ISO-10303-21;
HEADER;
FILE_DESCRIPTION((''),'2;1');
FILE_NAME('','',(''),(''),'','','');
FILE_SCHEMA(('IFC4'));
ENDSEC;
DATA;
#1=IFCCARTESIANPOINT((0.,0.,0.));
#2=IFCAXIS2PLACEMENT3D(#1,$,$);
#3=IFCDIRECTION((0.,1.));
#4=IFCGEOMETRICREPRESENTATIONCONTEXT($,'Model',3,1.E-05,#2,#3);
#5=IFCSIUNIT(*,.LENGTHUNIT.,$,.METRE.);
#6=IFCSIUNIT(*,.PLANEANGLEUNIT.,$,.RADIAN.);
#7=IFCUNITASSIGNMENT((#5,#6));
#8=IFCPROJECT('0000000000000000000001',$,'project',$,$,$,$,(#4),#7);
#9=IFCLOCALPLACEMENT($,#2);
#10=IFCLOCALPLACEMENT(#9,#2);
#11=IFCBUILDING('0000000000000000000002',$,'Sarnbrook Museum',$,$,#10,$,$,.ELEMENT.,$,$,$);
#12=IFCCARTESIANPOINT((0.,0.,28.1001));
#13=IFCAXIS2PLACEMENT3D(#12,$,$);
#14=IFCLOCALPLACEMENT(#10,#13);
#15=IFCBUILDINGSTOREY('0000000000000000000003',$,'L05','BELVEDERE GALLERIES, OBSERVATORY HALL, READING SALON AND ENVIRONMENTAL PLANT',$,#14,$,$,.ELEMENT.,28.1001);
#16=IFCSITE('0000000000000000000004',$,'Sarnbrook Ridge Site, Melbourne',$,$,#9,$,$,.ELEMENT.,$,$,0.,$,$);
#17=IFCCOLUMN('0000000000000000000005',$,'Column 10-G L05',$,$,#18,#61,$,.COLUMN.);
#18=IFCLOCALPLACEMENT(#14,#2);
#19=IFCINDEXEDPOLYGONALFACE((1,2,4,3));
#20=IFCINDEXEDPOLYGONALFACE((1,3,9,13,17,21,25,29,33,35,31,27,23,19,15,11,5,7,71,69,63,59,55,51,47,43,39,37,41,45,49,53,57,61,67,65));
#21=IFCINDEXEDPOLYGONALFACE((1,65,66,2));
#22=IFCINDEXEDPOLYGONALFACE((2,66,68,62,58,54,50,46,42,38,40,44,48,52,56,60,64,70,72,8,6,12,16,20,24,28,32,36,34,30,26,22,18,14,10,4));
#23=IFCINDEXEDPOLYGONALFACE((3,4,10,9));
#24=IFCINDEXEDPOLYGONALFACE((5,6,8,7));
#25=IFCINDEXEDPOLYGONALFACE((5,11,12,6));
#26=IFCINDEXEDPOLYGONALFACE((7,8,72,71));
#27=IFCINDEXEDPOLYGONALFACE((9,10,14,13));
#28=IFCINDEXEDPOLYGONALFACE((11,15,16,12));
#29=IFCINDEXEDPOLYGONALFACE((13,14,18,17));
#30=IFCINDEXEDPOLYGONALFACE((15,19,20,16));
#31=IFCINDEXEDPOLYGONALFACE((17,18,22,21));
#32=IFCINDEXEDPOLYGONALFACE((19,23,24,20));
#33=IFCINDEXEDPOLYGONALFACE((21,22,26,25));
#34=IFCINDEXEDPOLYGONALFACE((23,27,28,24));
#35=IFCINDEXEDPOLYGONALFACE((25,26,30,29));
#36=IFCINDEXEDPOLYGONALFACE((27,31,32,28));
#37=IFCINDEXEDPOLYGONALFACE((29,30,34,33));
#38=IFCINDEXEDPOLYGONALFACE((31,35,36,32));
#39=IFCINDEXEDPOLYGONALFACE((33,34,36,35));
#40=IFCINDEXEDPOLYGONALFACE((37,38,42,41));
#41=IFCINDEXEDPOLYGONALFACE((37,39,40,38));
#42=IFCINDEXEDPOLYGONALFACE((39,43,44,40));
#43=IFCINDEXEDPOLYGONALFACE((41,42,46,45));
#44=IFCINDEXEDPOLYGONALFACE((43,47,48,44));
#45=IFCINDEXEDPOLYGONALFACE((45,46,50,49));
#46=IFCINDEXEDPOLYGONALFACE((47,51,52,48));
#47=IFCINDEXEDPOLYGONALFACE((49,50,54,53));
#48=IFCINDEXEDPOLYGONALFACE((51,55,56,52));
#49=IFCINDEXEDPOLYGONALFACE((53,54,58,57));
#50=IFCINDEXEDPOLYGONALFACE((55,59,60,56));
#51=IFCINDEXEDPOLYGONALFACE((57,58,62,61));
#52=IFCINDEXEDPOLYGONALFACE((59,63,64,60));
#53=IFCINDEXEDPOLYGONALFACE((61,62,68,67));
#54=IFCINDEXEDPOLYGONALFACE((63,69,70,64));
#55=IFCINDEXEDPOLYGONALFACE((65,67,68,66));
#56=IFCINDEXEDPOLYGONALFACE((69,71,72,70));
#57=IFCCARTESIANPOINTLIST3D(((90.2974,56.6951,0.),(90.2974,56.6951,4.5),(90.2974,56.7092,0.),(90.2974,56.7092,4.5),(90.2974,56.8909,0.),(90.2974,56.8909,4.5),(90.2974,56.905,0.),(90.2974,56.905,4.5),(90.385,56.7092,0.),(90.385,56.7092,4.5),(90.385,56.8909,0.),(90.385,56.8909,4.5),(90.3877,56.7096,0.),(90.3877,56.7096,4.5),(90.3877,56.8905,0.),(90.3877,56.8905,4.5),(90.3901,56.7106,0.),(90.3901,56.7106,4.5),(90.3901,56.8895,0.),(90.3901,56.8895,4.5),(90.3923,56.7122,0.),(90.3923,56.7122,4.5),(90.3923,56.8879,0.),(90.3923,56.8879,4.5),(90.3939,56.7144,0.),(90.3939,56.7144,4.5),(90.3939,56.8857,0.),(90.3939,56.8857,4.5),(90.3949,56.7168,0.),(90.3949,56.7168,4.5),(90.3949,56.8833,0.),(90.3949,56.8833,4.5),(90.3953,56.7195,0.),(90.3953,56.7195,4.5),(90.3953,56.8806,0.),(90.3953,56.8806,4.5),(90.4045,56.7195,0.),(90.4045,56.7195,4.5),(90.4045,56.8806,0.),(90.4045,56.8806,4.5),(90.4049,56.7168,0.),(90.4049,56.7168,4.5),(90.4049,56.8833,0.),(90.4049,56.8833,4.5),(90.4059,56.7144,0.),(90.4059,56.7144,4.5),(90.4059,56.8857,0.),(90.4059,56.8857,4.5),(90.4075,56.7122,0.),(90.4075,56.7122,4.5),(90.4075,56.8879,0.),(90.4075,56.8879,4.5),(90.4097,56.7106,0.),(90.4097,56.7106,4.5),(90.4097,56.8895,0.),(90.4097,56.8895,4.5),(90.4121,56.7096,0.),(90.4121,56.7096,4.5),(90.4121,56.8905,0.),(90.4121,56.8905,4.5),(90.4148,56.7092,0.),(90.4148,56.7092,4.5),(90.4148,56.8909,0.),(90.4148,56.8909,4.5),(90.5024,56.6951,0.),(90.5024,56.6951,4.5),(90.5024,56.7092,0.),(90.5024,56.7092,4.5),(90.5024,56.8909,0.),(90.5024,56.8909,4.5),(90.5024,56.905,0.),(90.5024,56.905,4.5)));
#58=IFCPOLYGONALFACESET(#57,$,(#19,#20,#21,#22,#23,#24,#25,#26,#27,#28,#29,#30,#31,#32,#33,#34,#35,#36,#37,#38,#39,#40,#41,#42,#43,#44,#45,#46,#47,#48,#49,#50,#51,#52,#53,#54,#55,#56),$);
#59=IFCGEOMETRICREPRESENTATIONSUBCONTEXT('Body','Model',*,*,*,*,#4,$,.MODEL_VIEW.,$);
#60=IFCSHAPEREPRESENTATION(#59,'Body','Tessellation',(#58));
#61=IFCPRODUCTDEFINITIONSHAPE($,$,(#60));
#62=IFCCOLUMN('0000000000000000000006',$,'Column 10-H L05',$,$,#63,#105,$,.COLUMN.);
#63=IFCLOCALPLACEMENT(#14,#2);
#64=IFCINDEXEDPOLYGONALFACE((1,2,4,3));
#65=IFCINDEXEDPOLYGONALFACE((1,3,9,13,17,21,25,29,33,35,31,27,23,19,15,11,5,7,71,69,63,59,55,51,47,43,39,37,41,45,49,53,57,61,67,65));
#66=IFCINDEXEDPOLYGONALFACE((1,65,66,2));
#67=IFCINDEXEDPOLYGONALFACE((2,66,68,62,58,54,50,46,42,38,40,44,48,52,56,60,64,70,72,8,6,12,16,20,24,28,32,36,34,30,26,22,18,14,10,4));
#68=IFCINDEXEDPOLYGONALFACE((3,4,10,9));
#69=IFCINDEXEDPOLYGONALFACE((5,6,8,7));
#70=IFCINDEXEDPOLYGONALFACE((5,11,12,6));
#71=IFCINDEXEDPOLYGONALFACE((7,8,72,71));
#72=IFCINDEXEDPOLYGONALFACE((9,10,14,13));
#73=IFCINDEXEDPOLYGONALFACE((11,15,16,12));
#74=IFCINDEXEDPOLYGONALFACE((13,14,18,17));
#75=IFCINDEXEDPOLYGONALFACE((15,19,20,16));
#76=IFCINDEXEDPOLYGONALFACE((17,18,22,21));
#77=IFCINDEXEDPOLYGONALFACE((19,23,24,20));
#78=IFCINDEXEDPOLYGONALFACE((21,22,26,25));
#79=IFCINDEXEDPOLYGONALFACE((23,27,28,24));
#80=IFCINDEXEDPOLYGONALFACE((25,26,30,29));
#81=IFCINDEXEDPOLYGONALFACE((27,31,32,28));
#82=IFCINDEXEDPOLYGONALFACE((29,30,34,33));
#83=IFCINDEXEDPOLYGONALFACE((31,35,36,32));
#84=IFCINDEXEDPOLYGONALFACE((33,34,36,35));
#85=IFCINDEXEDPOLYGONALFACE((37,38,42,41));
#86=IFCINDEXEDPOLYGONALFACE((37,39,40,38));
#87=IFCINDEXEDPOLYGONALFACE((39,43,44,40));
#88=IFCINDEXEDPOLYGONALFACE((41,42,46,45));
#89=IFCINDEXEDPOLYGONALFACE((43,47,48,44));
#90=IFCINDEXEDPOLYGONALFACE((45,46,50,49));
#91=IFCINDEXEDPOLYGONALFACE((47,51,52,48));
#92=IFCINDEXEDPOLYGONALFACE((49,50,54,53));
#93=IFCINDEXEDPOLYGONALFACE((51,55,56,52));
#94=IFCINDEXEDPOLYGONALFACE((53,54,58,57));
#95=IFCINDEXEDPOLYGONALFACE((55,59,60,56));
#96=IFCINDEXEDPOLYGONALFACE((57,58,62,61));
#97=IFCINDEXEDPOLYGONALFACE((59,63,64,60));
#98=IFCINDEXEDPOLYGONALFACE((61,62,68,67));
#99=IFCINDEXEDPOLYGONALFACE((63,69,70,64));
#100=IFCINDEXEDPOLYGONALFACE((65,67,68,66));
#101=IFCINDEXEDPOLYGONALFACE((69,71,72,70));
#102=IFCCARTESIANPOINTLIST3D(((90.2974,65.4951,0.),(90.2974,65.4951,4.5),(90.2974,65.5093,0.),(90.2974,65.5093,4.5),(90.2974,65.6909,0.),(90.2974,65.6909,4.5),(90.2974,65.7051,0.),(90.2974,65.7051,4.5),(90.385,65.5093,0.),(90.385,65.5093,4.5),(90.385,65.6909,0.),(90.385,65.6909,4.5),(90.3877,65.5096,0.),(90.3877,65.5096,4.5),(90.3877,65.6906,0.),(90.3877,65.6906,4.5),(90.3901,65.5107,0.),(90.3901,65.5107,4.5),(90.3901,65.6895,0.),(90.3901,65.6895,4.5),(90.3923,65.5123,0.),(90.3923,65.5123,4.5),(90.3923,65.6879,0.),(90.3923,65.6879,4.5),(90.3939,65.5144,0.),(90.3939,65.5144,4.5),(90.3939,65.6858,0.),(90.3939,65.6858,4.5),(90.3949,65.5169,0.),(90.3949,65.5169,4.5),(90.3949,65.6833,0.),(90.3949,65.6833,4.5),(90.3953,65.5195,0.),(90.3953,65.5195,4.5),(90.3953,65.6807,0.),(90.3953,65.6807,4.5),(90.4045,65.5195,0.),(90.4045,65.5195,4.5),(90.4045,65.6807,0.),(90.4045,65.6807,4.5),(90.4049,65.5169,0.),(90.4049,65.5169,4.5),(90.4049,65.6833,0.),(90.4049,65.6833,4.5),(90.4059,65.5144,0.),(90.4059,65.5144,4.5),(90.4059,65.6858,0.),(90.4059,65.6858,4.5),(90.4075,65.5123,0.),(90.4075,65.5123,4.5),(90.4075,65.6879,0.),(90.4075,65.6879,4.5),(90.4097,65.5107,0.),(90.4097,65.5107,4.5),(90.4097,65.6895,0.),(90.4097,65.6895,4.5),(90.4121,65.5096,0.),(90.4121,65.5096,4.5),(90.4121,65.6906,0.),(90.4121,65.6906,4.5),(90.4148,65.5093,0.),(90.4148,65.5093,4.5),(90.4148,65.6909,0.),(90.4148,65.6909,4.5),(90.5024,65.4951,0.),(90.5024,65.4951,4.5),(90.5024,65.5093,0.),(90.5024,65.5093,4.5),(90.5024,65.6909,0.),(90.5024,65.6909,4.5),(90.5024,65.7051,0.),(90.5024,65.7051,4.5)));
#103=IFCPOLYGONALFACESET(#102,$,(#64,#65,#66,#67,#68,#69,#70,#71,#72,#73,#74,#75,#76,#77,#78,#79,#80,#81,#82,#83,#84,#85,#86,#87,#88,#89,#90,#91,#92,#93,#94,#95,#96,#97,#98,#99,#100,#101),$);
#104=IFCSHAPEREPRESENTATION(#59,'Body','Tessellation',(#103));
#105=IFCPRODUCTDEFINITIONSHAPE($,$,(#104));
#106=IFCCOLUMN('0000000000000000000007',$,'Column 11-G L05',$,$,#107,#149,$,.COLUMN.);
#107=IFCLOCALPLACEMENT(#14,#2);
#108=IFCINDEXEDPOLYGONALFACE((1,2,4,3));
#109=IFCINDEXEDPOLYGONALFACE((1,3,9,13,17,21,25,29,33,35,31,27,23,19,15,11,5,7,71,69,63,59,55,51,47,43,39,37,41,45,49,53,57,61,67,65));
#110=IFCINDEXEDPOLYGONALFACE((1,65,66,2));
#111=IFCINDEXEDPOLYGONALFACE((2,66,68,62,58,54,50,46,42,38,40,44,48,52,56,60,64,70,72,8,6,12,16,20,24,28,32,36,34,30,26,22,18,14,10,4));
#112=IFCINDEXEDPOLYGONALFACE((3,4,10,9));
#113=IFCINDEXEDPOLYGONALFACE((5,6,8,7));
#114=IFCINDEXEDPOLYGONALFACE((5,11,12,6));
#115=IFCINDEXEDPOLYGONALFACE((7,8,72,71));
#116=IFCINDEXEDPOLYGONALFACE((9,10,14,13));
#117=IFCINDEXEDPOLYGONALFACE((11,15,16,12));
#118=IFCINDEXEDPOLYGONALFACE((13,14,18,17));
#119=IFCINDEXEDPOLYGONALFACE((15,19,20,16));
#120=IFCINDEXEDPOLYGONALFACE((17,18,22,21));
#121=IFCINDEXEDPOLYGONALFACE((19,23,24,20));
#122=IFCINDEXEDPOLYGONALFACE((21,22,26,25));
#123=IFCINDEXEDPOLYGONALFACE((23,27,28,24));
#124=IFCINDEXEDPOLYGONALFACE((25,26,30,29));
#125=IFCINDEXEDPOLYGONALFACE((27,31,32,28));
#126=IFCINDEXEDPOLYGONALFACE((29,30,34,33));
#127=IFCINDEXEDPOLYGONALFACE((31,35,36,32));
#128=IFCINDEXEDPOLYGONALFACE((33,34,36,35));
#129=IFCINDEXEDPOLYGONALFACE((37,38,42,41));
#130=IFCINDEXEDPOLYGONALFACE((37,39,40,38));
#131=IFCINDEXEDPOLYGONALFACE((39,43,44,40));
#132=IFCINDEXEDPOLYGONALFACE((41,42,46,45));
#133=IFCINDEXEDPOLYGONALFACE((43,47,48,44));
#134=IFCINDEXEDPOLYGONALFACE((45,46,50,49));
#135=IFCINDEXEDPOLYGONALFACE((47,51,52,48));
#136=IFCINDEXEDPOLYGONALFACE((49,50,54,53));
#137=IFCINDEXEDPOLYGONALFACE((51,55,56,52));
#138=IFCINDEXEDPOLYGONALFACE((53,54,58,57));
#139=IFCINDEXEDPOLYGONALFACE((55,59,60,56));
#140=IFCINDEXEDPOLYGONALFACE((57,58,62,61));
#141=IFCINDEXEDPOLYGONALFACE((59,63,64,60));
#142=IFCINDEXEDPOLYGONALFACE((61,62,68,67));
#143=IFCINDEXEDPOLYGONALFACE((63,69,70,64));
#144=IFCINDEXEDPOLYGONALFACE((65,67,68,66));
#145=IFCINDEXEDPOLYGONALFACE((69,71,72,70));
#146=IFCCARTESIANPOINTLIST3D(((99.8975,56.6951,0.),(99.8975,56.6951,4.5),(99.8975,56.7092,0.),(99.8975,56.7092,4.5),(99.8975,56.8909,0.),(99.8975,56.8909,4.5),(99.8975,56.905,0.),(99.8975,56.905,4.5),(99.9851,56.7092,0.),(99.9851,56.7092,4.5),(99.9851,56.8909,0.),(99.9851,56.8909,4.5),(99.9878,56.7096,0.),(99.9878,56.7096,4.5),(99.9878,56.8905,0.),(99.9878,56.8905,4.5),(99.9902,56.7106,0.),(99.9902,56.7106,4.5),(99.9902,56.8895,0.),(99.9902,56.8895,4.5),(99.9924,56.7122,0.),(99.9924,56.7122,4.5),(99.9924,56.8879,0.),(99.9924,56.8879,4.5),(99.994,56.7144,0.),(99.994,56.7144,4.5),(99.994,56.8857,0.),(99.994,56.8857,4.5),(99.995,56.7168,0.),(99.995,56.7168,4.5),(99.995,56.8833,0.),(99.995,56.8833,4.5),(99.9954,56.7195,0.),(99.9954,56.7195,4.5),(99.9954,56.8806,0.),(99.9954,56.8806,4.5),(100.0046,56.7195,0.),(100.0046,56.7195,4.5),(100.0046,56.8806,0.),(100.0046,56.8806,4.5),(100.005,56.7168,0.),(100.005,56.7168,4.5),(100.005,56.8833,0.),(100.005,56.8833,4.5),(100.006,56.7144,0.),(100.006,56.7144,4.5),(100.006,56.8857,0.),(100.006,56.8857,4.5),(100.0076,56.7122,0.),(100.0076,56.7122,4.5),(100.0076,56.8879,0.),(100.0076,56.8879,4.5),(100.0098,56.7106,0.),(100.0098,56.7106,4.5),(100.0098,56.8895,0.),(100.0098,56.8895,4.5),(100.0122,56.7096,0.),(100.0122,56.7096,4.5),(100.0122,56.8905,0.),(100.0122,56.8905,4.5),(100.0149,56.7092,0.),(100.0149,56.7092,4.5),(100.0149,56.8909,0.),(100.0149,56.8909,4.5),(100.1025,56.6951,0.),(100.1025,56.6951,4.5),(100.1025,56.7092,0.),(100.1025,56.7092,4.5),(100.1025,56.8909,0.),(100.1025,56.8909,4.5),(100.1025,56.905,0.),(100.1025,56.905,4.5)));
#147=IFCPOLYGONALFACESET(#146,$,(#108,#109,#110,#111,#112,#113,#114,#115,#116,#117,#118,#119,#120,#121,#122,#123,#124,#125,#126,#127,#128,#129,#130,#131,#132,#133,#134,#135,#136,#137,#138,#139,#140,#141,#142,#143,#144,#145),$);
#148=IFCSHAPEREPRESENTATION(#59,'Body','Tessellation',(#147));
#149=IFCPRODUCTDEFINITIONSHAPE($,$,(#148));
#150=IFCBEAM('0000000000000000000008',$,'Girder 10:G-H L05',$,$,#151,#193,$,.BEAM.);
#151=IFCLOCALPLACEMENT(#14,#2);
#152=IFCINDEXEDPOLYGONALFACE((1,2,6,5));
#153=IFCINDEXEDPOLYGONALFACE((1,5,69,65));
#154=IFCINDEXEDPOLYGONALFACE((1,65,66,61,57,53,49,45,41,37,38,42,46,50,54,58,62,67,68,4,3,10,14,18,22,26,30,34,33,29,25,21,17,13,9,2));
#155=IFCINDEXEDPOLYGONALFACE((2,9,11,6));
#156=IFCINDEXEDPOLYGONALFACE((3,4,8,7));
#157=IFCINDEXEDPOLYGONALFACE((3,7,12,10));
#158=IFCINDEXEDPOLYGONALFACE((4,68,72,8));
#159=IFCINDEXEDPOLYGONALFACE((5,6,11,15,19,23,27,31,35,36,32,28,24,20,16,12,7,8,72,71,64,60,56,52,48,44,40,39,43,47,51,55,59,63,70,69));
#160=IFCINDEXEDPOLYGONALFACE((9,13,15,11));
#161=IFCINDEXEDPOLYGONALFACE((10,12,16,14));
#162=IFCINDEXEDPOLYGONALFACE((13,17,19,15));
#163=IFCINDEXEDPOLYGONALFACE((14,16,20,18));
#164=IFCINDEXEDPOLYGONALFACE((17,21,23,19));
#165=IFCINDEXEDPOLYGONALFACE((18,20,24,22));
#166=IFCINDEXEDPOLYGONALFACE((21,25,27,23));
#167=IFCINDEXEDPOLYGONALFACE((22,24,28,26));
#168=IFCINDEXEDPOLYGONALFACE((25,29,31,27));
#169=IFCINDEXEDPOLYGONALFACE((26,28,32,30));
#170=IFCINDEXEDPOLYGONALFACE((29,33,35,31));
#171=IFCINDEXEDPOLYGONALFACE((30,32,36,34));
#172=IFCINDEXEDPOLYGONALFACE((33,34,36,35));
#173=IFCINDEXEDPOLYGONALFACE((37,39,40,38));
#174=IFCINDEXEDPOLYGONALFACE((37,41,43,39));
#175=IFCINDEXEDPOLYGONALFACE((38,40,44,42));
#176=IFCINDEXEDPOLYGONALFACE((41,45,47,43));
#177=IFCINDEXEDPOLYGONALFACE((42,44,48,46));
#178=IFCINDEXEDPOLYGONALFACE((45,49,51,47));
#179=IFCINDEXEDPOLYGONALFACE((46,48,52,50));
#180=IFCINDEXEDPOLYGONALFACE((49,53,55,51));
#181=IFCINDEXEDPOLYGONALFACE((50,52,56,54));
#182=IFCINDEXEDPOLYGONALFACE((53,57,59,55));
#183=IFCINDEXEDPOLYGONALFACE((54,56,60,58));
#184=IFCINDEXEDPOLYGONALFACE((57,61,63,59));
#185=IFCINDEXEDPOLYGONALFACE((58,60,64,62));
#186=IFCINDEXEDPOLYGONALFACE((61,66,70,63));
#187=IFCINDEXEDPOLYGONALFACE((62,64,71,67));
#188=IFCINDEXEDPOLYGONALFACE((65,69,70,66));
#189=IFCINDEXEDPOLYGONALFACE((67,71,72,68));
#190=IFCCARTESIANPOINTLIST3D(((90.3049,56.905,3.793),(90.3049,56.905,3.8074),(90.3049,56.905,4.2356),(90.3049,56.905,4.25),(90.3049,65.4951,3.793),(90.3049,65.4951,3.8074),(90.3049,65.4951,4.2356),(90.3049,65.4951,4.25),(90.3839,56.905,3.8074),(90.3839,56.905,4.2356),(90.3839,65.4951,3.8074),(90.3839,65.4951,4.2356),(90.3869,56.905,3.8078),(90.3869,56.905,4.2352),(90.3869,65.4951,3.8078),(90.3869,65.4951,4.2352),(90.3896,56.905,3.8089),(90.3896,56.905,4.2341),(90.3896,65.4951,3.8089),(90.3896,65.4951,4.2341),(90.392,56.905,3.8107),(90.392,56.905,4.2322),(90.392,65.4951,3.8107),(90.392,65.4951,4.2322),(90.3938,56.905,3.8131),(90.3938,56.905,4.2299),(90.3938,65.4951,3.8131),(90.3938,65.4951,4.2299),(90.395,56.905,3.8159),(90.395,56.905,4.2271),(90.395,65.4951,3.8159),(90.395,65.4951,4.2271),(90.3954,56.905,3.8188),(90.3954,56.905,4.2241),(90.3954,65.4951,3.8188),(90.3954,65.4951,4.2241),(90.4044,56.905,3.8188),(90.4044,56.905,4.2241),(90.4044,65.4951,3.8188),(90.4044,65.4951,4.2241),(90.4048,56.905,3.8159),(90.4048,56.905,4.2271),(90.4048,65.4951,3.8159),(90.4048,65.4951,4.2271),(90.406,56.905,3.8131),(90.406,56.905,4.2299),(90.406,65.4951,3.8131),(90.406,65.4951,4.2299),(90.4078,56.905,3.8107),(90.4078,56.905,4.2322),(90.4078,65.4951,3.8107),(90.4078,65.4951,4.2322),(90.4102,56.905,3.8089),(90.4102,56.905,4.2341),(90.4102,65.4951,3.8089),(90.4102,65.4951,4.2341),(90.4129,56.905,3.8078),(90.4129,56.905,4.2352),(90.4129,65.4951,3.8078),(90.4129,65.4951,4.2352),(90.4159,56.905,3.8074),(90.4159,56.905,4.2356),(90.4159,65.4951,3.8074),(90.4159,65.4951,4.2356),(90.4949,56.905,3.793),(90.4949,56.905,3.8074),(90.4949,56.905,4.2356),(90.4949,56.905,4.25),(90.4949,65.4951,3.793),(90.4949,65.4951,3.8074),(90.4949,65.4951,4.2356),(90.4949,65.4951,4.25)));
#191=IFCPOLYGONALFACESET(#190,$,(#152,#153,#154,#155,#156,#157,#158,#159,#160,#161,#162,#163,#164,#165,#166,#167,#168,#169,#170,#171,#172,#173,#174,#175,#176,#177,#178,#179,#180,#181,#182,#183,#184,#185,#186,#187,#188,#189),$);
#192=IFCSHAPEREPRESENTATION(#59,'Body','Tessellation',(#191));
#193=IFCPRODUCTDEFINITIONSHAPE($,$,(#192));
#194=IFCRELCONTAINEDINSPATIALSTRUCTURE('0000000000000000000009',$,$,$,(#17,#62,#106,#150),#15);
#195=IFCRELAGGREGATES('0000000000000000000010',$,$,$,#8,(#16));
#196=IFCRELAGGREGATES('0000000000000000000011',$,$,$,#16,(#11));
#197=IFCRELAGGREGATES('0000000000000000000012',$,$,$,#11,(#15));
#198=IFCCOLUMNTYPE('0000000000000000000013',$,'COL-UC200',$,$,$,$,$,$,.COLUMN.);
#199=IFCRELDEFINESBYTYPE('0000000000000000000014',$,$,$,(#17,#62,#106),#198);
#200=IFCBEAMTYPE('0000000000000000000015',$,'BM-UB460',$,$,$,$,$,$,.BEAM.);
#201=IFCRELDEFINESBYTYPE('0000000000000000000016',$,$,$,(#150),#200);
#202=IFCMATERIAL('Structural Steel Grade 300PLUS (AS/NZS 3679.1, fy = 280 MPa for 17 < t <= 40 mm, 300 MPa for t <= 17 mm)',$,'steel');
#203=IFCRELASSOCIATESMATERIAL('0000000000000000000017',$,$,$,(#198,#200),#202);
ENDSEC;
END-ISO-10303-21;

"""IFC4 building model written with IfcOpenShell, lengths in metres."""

from ifc_helpers import new_model, si_unit, direction, frame, origin, origin_2d, place, context, subcontext, project, spatial, i_section, extrude, material, material_profile, profile_set, type_object, element, save


model = new_model("IFC4")

# Units and contexts
model_context = context("Model", 3, precision=1e-05, world=origin(), true_north=direction((0.0, 1.0)))
body_context = subcontext(model_context, "Body", "Model", "MODEL_VIEW")
ifc_project = project(units=[si_unit("LENGTHUNIT", "METRE"), si_unit("PLANEANGLEUNIT", "RADIAN")], contexts=[model_context])

# Site, building, storey
site_placement = place(None, origin())
site = spatial("IfcSite", under=ifc_project, at=site_placement, Name="Sarnbrook Ridge Site, Melbourne", CompositionType="ELEMENT", RefElevation=0.0)
building_placement = place(site_placement, origin())
building = spatial("IfcBuilding", under=site, at=building_placement, Name="Sarnbrook Museum", CompositionType="ELEMENT")
storey_placement = place(building_placement, frame((0.0, 0.0, 28.1001)))
storey = spatial("IfcBuildingStorey", under=building, at=storey_placement, Name="L05", Description="BELVEDERE GALLERIES, OBSERVATORY HALL, READING SALON AND ENVIRONMENTAL PLANT", CompositionType="ELEMENT", Elevation=28.1001)

# Columns
ifc_material_1 = material(Name="Structural Steel Grade 300PLUS (AS/NZS 3679.1, fy = 280 MPa for 17 < t <= 40 mm, 300 MPa for t <= 17 mm)", Category="steel")
ifc_material_profile_1 = material_profile(ifc_material_1, i_section(OverallWidth=0.2051, OverallDepth=0.21, WebThickness=0.0093, FlangeThickness=0.0142, FilletRadius=0.0103, at=origin_2d()), Name="200UC59.5")
ifc_profile_set_1 = profile_set([ifc_material_profile_1], Name="Structural Steel Grade 300PLUS (AS/NZS 3679.1, fy = 280 MPa for 17 < t <= 40 mm, 300 MPa for t <= 17 mm)")
column_type = type_object("IfcColumnType", Name="COL-UC200", PredefinedType="COLUMN", material=ifc_profile_set_1)
for number, where, z_axis, x_axis, name in (
    (1, (90.3999, 56.8, 0.0), (0.0, 0.0, 1.0), (1.0, 0.0, 0.0), "Column 10-G L05"),
    (2, (90.3999, 65.6001, 0.0), (0.0, 0.0, 1.0), (1.0, 0.0, 0.0), "Column 10-H L05"),
    (3, (100.0, 56.8, 0.0), (0.0, 0.0, 1.0), (1.0, 0.0, 0.0), "Column 11-G L05"),
):
    element("IfcColumn", number, at=place(storey_placement, frame(where, z_axis=z_axis, x_axis=x_axis)), inside=storey, type_object=column_type, Name=name, PredefinedType="COLUMN", context=body_context, shape_type="SweptSolid", body=[
        extrude(i_section(OverallWidth=0.2051, OverallDepth=0.21, WebThickness=0.0093, FlangeThickness=0.0142, FilletRadius=0.0103, at=origin_2d()), origin(), (0.0, 0.0, 1.0), 4.5),
    ])

# Beam
ifc_material_profile_2 = material_profile(ifc_material_1, i_section(OverallWidth=0.1899, OverallDepth=0.457, WebThickness=0.009, FlangeThickness=0.0144, FilletRadius=0.0115, at=origin_2d()), Name="460UB74.6")
ifc_profile_set_2 = profile_set([ifc_material_profile_2], Name="Structural Steel Grade 300PLUS (AS/NZS 3679.1, fy = 280 MPa for 17 < t <= 40 mm, 300 MPa for t <= 17 mm)")
beam_type_1 = type_object("IfcBeamType", Name="BM-UB460", PredefinedType="BEAM", material=ifc_profile_set_2)
beam_1_placement = place(storey_placement, frame((90.3999, 56.905, 4.0215), z_axis=(0.0, 1.0, 0.0), x_axis=(-1.0, 0.0, 0.0)))
element("IfcBeam", 4, at=beam_1_placement, inside=storey, type_object=beam_type_1, Name="Girder 10:G-H L05", PredefinedType="BEAM", context=body_context, shape_type="SweptSolid", body=[
    extrude(i_section(OverallWidth=0.1899, OverallDepth=0.457, WebThickness=0.009, FlangeThickness=0.0144, FilletRadius=0.0115, at=origin_2d()), origin(), (0.0, 0.0, 1.0), 8.5901),
])

save(model, "model.ifc")
